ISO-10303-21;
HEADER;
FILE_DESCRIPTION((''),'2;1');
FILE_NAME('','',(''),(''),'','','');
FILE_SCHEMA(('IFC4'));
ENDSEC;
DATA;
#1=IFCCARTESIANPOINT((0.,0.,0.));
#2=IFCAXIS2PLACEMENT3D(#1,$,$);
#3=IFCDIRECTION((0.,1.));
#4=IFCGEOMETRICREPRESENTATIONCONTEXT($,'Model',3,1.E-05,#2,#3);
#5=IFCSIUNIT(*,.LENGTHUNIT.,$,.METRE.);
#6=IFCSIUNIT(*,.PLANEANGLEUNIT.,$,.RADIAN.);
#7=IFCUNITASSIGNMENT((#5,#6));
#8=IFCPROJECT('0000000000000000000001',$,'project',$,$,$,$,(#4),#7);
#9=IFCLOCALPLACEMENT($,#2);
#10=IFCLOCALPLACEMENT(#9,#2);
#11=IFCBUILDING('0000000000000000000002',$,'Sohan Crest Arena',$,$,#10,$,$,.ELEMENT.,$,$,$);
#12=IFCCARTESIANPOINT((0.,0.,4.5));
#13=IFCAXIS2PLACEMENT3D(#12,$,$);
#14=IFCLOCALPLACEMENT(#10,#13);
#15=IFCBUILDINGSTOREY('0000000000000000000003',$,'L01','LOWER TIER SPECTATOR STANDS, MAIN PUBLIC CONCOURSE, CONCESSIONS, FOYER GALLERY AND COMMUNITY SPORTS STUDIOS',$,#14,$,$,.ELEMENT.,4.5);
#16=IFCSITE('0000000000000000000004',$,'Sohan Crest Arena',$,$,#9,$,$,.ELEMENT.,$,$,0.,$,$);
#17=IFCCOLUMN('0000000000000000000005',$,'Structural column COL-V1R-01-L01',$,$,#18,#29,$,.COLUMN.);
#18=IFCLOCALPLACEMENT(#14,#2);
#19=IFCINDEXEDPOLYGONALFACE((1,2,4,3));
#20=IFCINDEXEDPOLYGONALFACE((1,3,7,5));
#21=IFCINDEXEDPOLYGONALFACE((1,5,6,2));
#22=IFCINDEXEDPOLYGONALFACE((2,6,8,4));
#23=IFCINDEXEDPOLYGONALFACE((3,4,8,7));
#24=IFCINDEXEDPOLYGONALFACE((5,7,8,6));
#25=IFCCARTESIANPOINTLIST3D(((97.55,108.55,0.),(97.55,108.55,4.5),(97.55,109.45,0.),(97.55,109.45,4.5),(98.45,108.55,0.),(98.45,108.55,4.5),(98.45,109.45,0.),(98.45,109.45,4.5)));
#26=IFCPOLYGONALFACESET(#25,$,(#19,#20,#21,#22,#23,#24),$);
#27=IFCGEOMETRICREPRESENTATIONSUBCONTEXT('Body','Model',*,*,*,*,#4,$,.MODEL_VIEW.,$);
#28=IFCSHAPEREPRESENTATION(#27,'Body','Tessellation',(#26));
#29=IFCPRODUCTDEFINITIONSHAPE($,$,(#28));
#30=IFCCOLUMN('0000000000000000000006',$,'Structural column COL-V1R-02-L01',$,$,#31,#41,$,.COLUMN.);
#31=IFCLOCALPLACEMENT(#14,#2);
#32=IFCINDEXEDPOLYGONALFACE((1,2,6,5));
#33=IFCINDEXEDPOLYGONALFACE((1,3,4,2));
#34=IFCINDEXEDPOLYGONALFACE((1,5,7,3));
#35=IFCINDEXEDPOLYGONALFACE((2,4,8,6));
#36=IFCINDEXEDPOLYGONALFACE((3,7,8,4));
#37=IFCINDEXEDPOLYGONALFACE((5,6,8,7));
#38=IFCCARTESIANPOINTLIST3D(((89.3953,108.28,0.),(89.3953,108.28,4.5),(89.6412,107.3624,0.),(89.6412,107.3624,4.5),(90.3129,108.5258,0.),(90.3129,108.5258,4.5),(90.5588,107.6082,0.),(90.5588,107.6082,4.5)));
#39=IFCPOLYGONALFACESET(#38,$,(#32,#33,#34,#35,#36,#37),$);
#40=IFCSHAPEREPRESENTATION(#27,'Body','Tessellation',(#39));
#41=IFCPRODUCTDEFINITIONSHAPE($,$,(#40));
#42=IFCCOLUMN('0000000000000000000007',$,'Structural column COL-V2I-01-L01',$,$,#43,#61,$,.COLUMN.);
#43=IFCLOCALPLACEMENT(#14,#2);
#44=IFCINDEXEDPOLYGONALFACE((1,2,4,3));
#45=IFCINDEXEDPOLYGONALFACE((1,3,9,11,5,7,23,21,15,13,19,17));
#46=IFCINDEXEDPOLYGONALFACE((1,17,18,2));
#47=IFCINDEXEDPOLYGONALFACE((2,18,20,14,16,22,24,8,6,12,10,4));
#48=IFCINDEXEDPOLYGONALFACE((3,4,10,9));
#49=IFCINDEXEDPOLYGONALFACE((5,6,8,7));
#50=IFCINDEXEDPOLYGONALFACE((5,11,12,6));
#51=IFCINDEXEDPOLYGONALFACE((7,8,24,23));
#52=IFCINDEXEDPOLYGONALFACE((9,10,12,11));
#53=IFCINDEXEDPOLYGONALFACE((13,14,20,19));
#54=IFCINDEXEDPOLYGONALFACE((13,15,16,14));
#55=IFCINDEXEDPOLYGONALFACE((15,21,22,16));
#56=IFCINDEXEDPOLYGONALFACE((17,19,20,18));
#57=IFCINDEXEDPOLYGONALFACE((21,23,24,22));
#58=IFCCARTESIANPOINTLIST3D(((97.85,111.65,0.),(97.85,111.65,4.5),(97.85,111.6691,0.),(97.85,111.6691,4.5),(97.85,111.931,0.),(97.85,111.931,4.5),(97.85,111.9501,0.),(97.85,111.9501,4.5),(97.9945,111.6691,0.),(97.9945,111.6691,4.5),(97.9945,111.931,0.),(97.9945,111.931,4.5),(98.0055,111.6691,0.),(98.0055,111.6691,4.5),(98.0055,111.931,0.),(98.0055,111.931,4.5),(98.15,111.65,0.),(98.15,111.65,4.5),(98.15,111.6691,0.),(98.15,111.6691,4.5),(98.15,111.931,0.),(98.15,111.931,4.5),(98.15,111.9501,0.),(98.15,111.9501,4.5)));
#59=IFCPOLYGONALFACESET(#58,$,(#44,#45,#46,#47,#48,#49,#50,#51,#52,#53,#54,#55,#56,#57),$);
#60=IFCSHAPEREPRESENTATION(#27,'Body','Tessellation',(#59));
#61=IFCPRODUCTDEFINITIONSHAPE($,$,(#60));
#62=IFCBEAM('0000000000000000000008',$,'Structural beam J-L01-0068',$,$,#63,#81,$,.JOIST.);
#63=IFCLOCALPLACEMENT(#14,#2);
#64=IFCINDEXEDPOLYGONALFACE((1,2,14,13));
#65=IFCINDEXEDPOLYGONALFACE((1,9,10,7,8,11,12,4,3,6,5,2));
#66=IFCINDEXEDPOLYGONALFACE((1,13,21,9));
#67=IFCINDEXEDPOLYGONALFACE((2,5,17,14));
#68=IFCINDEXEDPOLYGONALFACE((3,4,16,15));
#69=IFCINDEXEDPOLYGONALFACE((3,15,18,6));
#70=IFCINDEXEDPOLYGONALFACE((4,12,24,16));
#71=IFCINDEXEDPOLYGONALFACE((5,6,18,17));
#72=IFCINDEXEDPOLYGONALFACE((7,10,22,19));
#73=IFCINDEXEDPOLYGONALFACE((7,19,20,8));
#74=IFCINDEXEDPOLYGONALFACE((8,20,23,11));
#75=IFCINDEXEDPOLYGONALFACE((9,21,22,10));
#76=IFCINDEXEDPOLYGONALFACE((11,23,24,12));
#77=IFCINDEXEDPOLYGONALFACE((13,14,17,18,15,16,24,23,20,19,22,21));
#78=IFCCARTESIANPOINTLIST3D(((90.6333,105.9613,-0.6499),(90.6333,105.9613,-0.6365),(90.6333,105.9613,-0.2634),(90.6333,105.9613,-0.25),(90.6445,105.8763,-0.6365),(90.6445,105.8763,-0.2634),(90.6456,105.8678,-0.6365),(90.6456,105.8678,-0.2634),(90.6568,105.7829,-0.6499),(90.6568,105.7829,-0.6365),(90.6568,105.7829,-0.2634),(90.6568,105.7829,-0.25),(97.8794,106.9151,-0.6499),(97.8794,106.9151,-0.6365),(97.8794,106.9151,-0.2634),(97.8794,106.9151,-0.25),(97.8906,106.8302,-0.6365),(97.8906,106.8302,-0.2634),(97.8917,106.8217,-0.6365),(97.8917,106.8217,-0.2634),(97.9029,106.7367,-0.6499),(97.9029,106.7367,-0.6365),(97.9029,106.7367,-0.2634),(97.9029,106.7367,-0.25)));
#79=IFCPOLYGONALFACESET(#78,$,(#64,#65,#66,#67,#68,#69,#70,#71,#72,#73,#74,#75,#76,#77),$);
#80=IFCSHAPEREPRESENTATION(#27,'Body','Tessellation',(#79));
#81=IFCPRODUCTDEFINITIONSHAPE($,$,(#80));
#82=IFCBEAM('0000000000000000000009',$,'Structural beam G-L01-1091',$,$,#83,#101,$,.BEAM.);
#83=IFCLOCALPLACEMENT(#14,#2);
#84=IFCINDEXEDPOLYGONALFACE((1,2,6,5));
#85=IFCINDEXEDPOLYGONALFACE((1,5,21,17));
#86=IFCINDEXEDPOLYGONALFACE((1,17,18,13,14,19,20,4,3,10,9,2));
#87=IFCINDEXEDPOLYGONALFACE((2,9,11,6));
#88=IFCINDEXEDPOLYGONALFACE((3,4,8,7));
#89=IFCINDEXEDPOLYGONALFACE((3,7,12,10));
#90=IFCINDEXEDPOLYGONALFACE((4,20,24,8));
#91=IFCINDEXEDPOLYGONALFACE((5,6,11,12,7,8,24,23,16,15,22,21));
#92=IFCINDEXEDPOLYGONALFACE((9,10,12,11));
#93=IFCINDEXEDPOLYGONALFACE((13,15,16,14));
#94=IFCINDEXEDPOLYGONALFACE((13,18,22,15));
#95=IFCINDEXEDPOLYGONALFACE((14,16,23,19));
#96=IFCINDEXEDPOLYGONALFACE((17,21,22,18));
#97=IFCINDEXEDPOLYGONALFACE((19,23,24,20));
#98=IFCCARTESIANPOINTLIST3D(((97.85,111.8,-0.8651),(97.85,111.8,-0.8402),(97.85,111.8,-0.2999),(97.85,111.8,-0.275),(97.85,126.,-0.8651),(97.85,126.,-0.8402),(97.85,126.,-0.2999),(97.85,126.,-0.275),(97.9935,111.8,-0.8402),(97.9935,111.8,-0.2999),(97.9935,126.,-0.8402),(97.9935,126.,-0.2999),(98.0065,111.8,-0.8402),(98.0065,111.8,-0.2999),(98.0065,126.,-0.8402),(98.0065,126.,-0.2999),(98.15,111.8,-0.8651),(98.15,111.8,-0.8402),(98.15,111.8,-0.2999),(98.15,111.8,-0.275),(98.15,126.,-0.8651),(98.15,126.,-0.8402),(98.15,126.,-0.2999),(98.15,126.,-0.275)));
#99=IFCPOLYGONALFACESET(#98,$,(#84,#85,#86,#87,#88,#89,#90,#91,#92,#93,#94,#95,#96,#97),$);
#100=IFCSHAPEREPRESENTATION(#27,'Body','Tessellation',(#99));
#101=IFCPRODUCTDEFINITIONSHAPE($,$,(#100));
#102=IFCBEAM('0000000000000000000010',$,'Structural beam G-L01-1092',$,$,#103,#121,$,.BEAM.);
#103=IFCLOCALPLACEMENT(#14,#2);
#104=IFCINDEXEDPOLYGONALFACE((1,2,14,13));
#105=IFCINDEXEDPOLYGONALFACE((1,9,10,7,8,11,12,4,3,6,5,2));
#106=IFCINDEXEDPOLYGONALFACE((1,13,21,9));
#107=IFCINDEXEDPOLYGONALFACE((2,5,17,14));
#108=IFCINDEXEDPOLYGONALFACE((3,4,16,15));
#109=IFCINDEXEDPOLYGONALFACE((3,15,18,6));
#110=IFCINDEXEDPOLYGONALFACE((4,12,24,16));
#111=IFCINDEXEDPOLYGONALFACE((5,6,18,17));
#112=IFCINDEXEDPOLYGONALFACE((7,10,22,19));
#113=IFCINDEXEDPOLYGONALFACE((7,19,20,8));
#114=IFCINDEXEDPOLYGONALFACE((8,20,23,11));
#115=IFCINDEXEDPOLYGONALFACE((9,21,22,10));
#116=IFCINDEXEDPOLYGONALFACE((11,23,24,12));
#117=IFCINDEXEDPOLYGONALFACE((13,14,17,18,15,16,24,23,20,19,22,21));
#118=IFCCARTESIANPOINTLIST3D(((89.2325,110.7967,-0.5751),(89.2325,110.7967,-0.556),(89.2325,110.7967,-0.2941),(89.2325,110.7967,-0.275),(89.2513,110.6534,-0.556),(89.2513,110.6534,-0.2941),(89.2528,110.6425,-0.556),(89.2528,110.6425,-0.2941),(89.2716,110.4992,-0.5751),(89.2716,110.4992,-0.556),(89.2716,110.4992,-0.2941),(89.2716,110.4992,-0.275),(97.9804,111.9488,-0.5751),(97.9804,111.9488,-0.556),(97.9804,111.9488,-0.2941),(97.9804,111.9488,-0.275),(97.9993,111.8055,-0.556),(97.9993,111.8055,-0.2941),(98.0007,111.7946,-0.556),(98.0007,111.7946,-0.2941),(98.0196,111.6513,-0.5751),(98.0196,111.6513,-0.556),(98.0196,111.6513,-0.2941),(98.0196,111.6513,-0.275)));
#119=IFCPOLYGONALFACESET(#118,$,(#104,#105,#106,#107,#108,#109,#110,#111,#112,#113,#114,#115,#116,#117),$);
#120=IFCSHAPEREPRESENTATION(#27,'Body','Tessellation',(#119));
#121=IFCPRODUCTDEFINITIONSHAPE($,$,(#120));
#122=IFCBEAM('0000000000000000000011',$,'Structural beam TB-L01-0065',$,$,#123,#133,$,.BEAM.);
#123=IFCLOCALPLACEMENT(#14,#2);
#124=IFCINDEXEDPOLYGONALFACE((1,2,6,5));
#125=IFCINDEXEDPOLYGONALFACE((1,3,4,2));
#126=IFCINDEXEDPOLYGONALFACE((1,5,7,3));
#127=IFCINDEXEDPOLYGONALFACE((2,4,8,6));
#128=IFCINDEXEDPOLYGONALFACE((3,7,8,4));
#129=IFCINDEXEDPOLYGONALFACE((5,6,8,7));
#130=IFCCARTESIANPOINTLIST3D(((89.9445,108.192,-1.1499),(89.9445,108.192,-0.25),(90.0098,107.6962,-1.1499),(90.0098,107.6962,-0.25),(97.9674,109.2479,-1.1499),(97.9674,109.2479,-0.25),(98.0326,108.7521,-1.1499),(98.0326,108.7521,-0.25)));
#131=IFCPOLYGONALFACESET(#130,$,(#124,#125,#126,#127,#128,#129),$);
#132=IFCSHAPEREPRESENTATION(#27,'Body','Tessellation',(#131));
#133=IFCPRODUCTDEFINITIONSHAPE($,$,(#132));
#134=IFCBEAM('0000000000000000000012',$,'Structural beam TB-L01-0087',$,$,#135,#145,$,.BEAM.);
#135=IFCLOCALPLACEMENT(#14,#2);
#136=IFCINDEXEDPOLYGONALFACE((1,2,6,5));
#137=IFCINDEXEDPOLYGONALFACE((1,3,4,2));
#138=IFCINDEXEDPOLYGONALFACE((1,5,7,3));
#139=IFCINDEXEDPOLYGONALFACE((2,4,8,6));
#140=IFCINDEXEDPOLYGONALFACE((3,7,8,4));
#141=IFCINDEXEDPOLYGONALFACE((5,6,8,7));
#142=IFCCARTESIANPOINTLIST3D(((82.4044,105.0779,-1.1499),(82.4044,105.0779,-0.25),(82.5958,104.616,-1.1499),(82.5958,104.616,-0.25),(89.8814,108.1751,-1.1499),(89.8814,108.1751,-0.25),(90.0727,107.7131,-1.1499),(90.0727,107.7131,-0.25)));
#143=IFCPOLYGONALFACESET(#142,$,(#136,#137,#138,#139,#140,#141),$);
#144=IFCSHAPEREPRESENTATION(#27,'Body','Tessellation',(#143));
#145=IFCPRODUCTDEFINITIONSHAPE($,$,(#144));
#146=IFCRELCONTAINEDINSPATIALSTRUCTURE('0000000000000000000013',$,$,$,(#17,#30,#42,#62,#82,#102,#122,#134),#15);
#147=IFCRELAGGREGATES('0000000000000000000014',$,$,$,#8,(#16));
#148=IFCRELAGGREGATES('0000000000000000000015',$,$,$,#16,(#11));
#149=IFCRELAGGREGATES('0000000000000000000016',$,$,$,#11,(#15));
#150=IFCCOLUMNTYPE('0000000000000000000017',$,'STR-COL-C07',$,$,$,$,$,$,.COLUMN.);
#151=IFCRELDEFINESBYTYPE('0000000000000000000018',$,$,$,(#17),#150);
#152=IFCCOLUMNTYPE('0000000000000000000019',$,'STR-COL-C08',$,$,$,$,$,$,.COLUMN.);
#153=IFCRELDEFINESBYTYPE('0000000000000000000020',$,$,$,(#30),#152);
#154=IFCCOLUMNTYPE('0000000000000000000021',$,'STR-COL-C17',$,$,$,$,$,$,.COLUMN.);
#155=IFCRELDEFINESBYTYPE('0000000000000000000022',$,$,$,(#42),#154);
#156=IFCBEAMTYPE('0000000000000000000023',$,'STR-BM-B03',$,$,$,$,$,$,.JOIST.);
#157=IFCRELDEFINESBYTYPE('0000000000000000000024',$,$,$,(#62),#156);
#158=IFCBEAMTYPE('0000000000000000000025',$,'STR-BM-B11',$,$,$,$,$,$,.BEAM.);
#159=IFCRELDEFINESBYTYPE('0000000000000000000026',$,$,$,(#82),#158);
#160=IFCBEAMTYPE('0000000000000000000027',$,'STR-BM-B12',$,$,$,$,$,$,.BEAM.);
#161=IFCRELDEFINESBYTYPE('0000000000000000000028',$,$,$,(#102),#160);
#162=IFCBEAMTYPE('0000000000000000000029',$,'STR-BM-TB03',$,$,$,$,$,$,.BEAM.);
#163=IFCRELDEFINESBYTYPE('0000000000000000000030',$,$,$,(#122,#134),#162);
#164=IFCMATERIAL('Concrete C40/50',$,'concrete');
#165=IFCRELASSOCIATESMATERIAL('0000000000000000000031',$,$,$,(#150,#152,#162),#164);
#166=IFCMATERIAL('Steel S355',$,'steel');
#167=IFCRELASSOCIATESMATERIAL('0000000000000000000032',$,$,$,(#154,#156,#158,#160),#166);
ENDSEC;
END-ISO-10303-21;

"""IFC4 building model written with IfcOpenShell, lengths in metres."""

from ifc_helpers import new_model, si_unit, direction, frame, origin, origin_2d, place, context, subcontext, project, spatial, rectangle, i_section, extrude, material, material_profile, profile_set, type_object, element, save


model = new_model("IFC4")

# Units and contexts
model_context = context("Model", 3, precision=1e-05, world=origin(), true_north=direction((0.0, 1.0)))
body_context = subcontext(model_context, "Body", "Model", "MODEL_VIEW")
ifc_project = project(units=[si_unit("LENGTHUNIT", "METRE"), si_unit("PLANEANGLEUNIT", "RADIAN")], contexts=[model_context])

# Site, building, storey
site_placement = place(None, origin())
site = spatial("IfcSite", under=ifc_project, at=site_placement, Name="Sohan Crest Arena", CompositionType="ELEMENT", RefElevation=0.0)
building_placement = place(site_placement, origin())
building = spatial("IfcBuilding", under=site, at=building_placement, Name="Sohan Crest Arena", CompositionType="ELEMENT")
storey_placement = place(building_placement, frame((0.0, 0.0, 4.5)))
storey = spatial("IfcBuildingStorey", under=building, at=storey_placement, Name="L01", Description="LOWER TIER SPECTATOR STANDS, MAIN PUBLIC CONCOURSE, CONCESSIONS, FOYER GALLERY AND COMMUNITY SPORTS STUDIOS", CompositionType="ELEMENT", Elevation=4.5)

# Columns
ifc_material_1 = material(Name="Concrete C40/50", Category="concrete")
ifc_material_profile_1 = material_profile(ifc_material_1, rectangle(XDim=0.8999, YDim=0.8999, at=origin_2d()), Name="RC 900x900")
ifc_profile_set_1 = profile_set([ifc_material_profile_1], Name="Concrete C40/50")
column_type_1 = type_object("IfcColumnType", Name="STR-COL-C07", PredefinedType="COLUMN", material=ifc_profile_set_1)
column_1_placement = place(storey_placement, frame((98.0, 109.0, 0.0), z_axis=(0.0, 0.0, 1.0), x_axis=(0.0, 1.0, 0.0)))
element("IfcColumn", 1, at=column_1_placement, inside=storey, type_object=column_type_1, Name="Structural column COL-V1R-01-L01", PredefinedType="COLUMN", context=body_context, shape_type="SweptSolid", body=[
    extrude(rectangle(XDim=0.8999, YDim=0.8999, at=origin_2d()), origin(), (0.0, 0.0, 1.0), 4.5),
])
ifc_material_profile_2 = material_profile(ifc_material_1, rectangle(XDim=0.95, YDim=0.95, at=origin_2d()), Name="RC 950x950")
ifc_profile_set_2 = profile_set([ifc_material_profile_2], Name="Concrete C40/50")
column_type_2 = type_object("IfcColumnType", Name="STR-COL-C08", PredefinedType="COLUMN", material=ifc_profile_set_2)
column_2_placement = place(storey_placement, frame((89.9771, 107.9441, 0.0), z_axis=(0.0, 0.0, 1.0), x_axis=(-0.258819, 0.965926, 0.0)))
element("IfcColumn", 2, at=column_2_placement, inside=storey, type_object=column_type_2, Name="Structural column COL-V1R-02-L01", PredefinedType="COLUMN", context=body_context, shape_type="SweptSolid", body=[
    extrude(rectangle(XDim=0.95, YDim=0.95, at=origin_2d()), origin(), (0.0, 0.0, 1.0), 4.5),
])
ifc_material_2 = material(Name="Steel S355", Category="steel")
ifc_material_profile_3 = material_profile(ifc_material_2, i_section(OverallWidth=0.3, OverallDepth=0.3, WebThickness=0.011, FlangeThickness=0.019, at=origin_2d()), Name="HEB 300")
ifc_profile_set_3 = profile_set([ifc_material_profile_3], Name="Steel S355")
column_type_3 = type_object("IfcColumnType", Name="STR-COL-C17", PredefinedType="COLUMN", material=ifc_profile_set_3)
column_3_placement = place(storey_placement, frame((98.0, 111.8, 0.0), z_axis=(0.0, 0.0, 1.0), x_axis=(1.0, 0.0, 0.0)))
element("IfcColumn", 3, at=column_3_placement, inside=storey, type_object=column_type_3, Name="Structural column COL-V2I-01-L01", PredefinedType="COLUMN", context=body_context, shape_type="SweptSolid", body=[
    extrude(i_section(OverallWidth=0.3, OverallDepth=0.3, WebThickness=0.011, FlangeThickness=0.019, at=origin_2d()), origin(), (0.0, 0.0, 1.0), 4.5),
])

# Beams
ifc_material_profile_4 = material_profile(ifc_material_2, i_section(OverallWidth=0.1799, OverallDepth=0.3999, WebThickness=0.0085, FlangeThickness=0.0134, at=origin_2d()), Name="IPE 400")
ifc_profile_set_4 = profile_set([ifc_material_profile_4], Name="Steel S355")
beam_type_1 = type_object("IfcBeamType", Name="STR-BM-B03", PredefinedType="JOIST", material=ifc_profile_set_4)
beam_1_placement = place(storey_placement, frame((97.8911, 106.8259, -0.45), z_axis=(-0.991447, -0.130512, 0.0), x_axis=(0.130512, -0.991447, 0.0)))
element("IfcBeam", 4, at=beam_1_placement, inside=storey, type_object=beam_type_1, Name="Structural beam J-L01-0068", PredefinedType="JOIST", context=body_context, shape_type="SweptSolid", body=[
    extrude(i_section(OverallWidth=0.1799, OverallDepth=0.3999, WebThickness=0.0085, FlangeThickness=0.0134, at=origin_2d()), origin(), (0.0, 0.0, 1.0), 7.3086),
])
ifc_material_profile_5 = material_profile(ifc_material_2, i_section(OverallWidth=0.3, OverallDepth=0.5901, WebThickness=0.0129, FlangeThickness=0.0249, at=origin_2d()), Name="HEA 600")
ifc_profile_set_5 = profile_set([ifc_material_profile_5], Name="Steel S355")
beam_type_2 = type_object("IfcBeamType", Name="STR-BM-B11", PredefinedType="BEAM", material=ifc_profile_set_5)
beam_2_placement = place(storey_placement, frame((98.0, 111.8, -0.5701), z_axis=(0.0, 1.0, 0.0), x_axis=(-1.0, 0.0, 0.0)))
element("IfcBeam", 5, at=beam_2_placement, inside=storey, type_object=beam_type_2, Name="Structural beam G-L01-1091", PredefinedType="BEAM", context=body_context, shape_type="SweptSolid", body=[
    extrude(i_section(OverallWidth=0.3, OverallDepth=0.5901, WebThickness=0.0129, FlangeThickness=0.0249, at=origin_2d()), origin(), (0.0, 0.0, 1.0), 14.2),
])
ifc_material_profile_6 = material_profile(ifc_material_2, i_section(OverallWidth=0.3, OverallDepth=0.3, WebThickness=0.011, FlangeThickness=0.019, at=origin_2d()), Name="HEB 300")
ifc_profile_set_6 = profile_set([ifc_material_profile_6], Name="Steel S355")
beam_type_3 = type_object("IfcBeamType", Name="STR-BM-B12", PredefinedType="BEAM", material=ifc_profile_set_6)
beam_3_placement = place(storey_placement, frame((98.0, 111.8, -0.425), z_axis=(-0.991439, -0.13057, 0.0), x_axis=(0.13057, -0.991439, 0.0)))
element("IfcBeam", 6, at=beam_3_placement, inside=storey, type_object=beam_type_3, Name="Structural beam G-L01-1092", PredefinedType="BEAM", context=body_context, shape_type="SweptSolid", body=[
    extrude(i_section(OverallWidth=0.3, OverallDepth=0.3, WebThickness=0.011, FlangeThickness=0.019, at=origin_2d()), origin(), (0.0, 0.0, 1.0), 8.8235),
])
ifc_material_profile_7 = material_profile(ifc_material_1, rectangle(XDim=0.5, YDim=0.8999, at=origin_2d()), Name="RC-BM 500x900")
ifc_profile_set_7 = profile_set([ifc_material_profile_7], Name="Concrete C40/50")
beam_type_4 = type_object("IfcBeamType", Name="STR-BM-TB03", PredefinedType="BEAM", material=ifc_profile_set_7)
beam_4_placement = place(storey_placement, frame((98.0, 109.0, -0.7), z_axis=(-0.99145, -0.130486, 0.0), x_axis=(0.130486, -0.99145, 0.0)))
element("IfcBeam", 7, at=beam_4_placement, inside=storey, type_object=beam_type_4, Name="Structural beam TB-L01-0065", PredefinedType="BEAM", context=body_context, shape_type="SweptSolid", body=[
    extrude(rectangle(XDim=0.5, YDim=0.8999, at=origin_2d()), origin(), (0.0, 0.0, 1.0), 8.092),
])
beam_5_placement = place(storey_placement, frame((89.9771, 107.9441, -0.7), z_axis=(-0.923876, -0.382691, 0.0), x_axis=(0.382691, -0.923876, 0.0)))
element("IfcBeam", 8, at=beam_5_placement, inside=storey, type_object=beam_type_4, Name="Structural beam TB-L01-0087", PredefinedType="BEAM", context=body_context, shape_type="SweptSolid", body=[
    extrude(rectangle(XDim=0.5, YDim=0.8999, at=origin_2d()), origin(), (0.0, 0.0, 1.0), 8.093),
])

save(model, "model.ifc")
